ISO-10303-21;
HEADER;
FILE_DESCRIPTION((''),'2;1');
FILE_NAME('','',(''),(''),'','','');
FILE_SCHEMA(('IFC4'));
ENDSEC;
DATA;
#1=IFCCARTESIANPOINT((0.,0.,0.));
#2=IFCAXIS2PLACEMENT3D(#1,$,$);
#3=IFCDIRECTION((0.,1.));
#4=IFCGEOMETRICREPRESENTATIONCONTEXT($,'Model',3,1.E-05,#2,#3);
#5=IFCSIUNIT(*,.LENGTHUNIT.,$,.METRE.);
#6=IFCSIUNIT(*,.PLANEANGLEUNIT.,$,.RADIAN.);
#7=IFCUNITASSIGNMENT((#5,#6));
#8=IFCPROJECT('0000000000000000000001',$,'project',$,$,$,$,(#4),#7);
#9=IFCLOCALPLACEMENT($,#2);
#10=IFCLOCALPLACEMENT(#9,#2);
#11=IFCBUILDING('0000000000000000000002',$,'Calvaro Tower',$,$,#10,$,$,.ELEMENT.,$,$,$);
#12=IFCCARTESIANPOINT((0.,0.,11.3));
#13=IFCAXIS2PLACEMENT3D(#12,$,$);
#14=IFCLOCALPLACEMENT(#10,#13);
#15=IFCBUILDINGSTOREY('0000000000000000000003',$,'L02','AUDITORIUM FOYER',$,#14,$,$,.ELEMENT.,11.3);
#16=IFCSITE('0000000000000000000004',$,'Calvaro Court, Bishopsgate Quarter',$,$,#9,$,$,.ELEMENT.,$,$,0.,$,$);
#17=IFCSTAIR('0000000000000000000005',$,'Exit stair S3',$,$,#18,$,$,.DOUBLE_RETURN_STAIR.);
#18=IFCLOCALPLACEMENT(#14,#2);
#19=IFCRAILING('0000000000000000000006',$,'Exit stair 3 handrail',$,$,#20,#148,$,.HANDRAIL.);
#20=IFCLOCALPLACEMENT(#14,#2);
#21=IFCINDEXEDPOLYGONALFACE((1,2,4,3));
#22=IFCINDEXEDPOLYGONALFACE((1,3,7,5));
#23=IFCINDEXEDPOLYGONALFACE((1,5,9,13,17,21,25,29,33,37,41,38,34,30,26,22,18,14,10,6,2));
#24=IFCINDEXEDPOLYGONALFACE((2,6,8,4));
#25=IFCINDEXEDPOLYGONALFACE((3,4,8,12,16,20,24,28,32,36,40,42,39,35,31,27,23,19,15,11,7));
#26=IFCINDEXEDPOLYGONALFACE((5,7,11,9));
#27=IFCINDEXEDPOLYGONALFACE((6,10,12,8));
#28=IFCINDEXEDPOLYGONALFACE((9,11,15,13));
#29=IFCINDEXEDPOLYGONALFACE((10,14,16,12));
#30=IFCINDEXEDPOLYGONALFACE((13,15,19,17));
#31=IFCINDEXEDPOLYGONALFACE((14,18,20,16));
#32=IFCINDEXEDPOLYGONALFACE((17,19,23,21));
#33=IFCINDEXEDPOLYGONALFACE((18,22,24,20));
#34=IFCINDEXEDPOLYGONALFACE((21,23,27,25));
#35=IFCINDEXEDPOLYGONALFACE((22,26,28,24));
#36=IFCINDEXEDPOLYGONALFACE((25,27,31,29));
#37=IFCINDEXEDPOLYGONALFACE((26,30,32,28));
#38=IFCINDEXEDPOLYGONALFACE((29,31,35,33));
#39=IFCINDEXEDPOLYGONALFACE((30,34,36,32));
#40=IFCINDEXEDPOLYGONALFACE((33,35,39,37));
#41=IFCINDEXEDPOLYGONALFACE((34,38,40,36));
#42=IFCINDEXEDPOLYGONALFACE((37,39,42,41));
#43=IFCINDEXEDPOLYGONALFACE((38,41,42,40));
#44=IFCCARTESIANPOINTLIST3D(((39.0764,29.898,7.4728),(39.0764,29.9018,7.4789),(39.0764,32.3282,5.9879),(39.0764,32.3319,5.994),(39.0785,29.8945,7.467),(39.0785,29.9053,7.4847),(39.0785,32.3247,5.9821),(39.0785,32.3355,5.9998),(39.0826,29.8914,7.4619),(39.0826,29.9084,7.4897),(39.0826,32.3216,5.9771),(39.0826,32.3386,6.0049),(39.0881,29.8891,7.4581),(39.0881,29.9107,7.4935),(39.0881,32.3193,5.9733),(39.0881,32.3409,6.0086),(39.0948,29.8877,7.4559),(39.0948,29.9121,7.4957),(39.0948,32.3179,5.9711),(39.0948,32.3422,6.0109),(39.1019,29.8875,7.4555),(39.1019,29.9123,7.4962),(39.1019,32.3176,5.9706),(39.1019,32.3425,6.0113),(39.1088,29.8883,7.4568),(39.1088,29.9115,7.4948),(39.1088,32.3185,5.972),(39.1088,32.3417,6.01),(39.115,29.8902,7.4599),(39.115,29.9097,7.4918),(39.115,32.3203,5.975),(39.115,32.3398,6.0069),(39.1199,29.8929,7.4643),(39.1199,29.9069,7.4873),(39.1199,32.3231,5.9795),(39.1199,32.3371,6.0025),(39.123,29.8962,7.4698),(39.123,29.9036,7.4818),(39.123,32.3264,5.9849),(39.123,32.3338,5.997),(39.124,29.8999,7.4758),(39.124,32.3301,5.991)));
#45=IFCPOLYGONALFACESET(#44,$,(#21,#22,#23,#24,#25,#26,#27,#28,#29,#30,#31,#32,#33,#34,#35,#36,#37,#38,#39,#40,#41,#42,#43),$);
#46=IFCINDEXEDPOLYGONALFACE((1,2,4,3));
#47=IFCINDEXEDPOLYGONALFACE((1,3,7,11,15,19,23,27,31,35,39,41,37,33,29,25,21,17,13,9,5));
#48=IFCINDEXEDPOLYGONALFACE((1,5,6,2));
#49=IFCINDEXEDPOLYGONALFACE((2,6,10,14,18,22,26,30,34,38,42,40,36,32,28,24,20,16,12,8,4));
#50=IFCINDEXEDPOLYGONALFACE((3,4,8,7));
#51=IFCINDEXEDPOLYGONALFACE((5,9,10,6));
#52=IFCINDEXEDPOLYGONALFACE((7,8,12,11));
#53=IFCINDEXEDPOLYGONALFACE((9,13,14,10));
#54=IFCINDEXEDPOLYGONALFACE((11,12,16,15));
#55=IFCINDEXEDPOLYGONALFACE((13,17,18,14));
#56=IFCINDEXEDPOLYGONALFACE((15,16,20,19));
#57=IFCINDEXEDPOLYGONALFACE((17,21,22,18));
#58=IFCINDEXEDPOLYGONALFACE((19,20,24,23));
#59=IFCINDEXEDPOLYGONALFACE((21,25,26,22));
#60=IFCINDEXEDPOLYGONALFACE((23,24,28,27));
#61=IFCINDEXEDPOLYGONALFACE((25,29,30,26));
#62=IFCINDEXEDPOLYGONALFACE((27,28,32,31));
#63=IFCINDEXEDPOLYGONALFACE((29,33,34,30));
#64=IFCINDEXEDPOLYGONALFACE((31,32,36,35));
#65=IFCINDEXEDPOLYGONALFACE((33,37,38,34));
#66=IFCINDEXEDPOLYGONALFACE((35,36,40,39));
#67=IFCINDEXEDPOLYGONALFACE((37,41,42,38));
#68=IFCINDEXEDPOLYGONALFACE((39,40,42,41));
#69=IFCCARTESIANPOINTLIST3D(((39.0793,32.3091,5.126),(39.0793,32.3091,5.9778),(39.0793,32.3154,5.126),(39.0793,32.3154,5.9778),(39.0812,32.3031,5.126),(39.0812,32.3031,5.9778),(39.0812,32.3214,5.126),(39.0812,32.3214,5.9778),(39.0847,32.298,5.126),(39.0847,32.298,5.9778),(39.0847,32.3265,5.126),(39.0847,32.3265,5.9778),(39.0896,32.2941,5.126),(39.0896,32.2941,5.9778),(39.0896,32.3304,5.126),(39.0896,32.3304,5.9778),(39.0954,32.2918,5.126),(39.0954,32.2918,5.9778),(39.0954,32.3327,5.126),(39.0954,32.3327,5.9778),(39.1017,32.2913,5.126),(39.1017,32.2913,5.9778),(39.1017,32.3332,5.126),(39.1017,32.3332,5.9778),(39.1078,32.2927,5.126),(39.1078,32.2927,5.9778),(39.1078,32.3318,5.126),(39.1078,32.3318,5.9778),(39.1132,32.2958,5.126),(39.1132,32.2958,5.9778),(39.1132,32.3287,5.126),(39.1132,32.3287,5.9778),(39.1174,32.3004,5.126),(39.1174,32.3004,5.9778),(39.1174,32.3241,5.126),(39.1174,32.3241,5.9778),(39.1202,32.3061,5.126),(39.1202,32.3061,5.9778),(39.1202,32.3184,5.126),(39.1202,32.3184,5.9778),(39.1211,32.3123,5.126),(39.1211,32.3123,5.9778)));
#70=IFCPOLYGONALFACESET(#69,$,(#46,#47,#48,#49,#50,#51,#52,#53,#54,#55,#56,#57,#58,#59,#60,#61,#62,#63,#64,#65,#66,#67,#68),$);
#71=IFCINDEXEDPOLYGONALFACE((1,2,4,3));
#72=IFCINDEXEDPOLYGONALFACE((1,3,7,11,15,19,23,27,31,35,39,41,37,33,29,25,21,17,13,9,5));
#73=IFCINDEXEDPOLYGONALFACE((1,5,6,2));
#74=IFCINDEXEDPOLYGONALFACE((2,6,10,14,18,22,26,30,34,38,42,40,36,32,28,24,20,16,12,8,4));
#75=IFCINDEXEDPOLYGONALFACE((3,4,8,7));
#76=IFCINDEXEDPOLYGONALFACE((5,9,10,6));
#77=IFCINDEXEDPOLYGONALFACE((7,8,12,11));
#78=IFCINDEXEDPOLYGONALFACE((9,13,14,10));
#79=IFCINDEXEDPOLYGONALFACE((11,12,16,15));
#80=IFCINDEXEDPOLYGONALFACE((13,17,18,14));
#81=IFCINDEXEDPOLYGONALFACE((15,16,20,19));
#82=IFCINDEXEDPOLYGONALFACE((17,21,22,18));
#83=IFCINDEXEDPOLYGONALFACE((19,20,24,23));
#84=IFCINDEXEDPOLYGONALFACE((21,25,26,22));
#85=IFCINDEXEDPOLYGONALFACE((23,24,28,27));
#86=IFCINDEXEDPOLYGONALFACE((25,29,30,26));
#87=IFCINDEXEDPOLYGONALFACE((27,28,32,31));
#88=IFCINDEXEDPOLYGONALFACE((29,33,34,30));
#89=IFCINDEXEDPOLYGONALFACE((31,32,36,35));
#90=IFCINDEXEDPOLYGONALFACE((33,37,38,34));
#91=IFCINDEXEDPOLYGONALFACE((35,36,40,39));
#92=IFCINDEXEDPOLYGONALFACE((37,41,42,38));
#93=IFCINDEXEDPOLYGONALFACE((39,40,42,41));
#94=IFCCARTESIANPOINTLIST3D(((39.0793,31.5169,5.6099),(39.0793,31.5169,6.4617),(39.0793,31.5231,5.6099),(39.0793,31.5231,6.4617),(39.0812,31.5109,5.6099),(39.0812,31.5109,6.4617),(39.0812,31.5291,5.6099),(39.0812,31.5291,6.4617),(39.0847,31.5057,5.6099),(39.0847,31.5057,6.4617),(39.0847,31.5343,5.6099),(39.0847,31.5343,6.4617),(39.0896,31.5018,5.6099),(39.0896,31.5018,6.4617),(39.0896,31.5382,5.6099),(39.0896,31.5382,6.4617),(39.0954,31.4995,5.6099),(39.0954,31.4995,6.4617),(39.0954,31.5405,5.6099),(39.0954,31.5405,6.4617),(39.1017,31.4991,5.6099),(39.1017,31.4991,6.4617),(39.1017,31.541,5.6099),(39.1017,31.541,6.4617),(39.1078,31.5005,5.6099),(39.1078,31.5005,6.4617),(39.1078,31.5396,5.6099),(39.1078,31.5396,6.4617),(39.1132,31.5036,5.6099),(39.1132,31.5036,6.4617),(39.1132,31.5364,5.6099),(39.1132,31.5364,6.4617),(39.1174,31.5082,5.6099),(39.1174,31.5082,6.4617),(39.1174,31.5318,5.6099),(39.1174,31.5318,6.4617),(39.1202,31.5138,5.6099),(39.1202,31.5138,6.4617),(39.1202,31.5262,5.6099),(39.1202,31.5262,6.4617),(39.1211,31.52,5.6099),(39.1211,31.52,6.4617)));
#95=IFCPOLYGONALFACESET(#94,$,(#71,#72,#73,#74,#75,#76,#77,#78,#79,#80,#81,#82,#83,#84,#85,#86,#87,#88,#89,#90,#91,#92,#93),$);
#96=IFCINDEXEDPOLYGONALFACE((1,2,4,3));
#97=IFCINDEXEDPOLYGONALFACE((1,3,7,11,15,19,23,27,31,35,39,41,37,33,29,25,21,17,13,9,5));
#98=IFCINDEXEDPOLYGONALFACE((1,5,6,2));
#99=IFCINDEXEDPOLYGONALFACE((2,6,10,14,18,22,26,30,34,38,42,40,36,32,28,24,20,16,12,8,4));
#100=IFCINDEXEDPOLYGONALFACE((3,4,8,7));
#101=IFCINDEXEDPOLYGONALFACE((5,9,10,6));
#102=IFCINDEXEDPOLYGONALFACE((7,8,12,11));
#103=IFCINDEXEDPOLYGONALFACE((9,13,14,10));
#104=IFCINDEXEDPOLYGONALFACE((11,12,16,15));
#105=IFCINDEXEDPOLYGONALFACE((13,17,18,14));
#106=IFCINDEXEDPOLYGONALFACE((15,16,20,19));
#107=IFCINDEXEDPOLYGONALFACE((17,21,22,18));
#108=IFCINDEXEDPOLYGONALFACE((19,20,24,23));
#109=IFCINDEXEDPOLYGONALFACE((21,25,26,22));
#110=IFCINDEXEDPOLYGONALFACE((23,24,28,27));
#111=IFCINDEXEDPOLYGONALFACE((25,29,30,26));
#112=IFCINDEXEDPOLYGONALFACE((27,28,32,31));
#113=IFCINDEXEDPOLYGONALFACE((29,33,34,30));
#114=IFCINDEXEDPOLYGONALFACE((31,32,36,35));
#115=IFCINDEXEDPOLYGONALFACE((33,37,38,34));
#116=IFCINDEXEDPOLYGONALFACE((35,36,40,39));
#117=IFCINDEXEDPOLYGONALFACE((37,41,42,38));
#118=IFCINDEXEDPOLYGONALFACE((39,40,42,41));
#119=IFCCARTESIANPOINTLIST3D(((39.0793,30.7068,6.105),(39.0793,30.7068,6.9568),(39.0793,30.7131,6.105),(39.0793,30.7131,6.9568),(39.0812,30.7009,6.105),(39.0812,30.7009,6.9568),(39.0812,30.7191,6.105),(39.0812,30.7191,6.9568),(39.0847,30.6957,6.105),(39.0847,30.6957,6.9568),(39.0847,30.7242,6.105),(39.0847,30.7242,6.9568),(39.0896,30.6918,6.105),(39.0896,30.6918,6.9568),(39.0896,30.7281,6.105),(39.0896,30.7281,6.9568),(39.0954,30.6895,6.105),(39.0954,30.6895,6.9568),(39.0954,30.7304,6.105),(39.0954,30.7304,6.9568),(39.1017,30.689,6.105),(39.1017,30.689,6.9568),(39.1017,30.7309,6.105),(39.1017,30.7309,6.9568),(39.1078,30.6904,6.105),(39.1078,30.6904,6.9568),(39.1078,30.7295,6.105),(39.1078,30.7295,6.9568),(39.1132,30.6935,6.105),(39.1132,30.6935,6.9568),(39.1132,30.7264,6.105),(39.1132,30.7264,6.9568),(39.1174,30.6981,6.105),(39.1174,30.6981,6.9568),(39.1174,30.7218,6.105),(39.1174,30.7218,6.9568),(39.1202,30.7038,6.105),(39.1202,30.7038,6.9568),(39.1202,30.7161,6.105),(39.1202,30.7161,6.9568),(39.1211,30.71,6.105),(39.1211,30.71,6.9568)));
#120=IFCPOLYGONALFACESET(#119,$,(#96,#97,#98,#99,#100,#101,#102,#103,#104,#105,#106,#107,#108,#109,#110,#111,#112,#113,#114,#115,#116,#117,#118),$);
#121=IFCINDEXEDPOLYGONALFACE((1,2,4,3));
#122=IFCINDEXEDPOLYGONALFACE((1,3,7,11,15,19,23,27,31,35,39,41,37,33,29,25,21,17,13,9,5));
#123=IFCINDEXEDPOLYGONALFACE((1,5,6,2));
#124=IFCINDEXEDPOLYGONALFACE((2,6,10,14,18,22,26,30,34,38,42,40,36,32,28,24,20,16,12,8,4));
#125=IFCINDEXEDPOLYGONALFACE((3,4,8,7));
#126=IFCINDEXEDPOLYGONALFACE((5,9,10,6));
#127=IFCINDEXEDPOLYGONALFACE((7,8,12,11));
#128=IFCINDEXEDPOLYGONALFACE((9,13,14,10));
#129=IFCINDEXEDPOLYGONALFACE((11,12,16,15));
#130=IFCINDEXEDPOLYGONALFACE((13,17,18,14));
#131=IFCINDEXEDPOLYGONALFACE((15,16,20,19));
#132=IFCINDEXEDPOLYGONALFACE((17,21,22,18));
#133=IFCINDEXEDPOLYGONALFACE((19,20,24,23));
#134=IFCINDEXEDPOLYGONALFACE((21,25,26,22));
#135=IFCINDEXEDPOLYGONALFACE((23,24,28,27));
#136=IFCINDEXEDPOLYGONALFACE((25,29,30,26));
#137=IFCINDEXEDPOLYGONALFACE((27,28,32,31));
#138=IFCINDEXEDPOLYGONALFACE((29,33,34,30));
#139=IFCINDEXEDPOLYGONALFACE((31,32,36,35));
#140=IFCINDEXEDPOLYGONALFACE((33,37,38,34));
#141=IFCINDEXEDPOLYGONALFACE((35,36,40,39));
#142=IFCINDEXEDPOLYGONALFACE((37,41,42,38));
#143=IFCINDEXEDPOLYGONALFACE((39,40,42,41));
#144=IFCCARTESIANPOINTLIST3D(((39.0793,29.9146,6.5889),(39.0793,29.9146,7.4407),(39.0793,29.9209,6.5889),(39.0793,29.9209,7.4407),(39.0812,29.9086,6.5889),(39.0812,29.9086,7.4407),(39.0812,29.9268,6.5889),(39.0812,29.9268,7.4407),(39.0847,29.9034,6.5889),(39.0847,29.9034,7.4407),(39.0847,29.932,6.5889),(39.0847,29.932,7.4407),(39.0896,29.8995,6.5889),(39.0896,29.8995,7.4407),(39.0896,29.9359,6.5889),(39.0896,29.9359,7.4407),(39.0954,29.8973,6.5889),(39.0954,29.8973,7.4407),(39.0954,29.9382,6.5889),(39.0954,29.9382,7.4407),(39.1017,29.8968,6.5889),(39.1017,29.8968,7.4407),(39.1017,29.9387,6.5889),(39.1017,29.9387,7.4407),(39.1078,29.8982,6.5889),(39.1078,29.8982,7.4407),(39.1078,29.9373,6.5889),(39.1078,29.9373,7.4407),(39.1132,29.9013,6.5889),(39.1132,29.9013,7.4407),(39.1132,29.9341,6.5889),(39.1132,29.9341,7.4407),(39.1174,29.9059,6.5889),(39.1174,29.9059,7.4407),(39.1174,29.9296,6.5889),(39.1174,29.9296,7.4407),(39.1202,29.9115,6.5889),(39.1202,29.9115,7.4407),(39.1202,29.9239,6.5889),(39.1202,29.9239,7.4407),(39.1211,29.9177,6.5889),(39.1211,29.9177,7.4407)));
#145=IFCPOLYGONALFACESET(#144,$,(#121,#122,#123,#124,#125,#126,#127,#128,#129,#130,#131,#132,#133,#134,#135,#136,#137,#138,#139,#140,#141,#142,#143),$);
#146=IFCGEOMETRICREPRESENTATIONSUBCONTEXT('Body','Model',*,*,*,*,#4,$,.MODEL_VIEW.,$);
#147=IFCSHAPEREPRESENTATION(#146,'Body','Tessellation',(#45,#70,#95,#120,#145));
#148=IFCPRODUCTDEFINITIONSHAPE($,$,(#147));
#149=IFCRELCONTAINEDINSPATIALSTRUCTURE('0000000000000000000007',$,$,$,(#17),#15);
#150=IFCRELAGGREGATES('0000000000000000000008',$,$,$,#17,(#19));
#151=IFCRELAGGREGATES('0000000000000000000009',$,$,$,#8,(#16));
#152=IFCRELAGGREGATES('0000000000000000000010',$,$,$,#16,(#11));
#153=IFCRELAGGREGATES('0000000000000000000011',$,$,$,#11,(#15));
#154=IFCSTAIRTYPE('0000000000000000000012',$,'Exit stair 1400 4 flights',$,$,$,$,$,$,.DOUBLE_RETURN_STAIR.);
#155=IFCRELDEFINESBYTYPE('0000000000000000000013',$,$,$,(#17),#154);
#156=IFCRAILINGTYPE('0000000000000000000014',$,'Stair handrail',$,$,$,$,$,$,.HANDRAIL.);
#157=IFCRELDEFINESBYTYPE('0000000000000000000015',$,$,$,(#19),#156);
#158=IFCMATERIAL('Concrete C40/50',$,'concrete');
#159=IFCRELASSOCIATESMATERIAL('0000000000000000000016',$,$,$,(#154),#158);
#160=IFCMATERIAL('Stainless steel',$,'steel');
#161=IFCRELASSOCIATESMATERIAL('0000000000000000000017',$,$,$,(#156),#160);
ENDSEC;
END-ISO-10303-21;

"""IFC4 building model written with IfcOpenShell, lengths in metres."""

from ifc_helpers import new_model, si_unit, direction, frame, origin, origin_2d, place, context, subcontext, project, spatial, circle, extrude, material, type_object, element, aggregate, save


model = new_model("IFC4")

# Units and contexts
model_context = context("Model", 3, precision=1e-05, world=origin(), true_north=direction((0.0, 1.0)))
body_context = subcontext(model_context, "Body", "Model", "MODEL_VIEW")
ifc_project = project(units=[si_unit("LENGTHUNIT", "METRE"), si_unit("PLANEANGLEUNIT", "RADIAN")], contexts=[model_context])

# Site, building, storey
site_placement = place(None, origin())
site = spatial("IfcSite", under=ifc_project, at=site_placement, Name="Calvaro Court, Bishopsgate Quarter", CompositionType="ELEMENT", RefElevation=0.0)
building_placement = place(site_placement, origin())
building = spatial("IfcBuilding", under=site, at=building_placement, Name="Calvaro Tower", CompositionType="ELEMENT")
storey_placement = place(building_placement, frame((0.0, 0.0, 11.3)))
storey = spatial("IfcBuildingStorey", under=building, at=storey_placement, Name="L02", Description="AUDITORIUM FOYER", CompositionType="ELEMENT", Elevation=11.3)

# Stair, railing
ifc_material_1 = material(Name="Concrete C40/50", Category="concrete")
stair_type = type_object("IfcStairType", Name="Exit stair 1400 4 flights", PredefinedType="DOUBLE_RETURN_STAIR", material=ifc_material_1)
stair_placement = place(storey_placement, origin())
stair = element("IfcStair", 1, at=stair_placement, inside=storey, type_object=stair_type, Name="Exit stair S3", PredefinedType="DOUBLE_RETURN_STAIR")
ifc_material_2 = material(Name="Stainless steel", Category="steel")
railing_type = type_object("IfcRailingType", Name="Stair handrail", PredefinedType="HANDRAIL", material=ifc_material_2)
railing_1_placement = place(storey_placement, frame((39.1001, 32.3301, 5.115)))
railing_1 = element("IfcRailing", 2, at=railing_1_placement, type_object=railing_type, Name="Exit stair 3 handrail", PredefinedType="HANDRAIL", context=body_context, shape_type="SweptSolid", body=[
    extrude(circle(Radius=0.0239, at=origin_2d()), frame((0.0, 0.0, 0.876), z_axis=(0.0, -0.85332, 0.521388), x_axis=(1.0, 0.0, 0.0)), (0.0, 0.0, 1.0), 2.8479),
    extrude(circle(Radius=0.021, at=origin_2d()), frame((0.0, -0.0178, 0.011)), (0.0, 0.0, 1.0), 0.8518),
    extrude(circle(Radius=0.021, at=origin_2d()), frame((0.0, -0.8101, 0.4949)), (0.0, 0.0, 1.0), 0.8518),
    extrude(circle(Radius=0.021, at=origin_2d()), frame((0.0, -1.6201, 0.99)), (0.0, 0.0, 1.0), 0.8518),
    extrude(circle(Radius=0.021, at=origin_2d()), frame((0.0, -2.4124, 1.4739)), (0.0, 0.0, 1.0), 0.8518),
])
aggregate(stair, [railing_1])

save(model, "model.ifc")
